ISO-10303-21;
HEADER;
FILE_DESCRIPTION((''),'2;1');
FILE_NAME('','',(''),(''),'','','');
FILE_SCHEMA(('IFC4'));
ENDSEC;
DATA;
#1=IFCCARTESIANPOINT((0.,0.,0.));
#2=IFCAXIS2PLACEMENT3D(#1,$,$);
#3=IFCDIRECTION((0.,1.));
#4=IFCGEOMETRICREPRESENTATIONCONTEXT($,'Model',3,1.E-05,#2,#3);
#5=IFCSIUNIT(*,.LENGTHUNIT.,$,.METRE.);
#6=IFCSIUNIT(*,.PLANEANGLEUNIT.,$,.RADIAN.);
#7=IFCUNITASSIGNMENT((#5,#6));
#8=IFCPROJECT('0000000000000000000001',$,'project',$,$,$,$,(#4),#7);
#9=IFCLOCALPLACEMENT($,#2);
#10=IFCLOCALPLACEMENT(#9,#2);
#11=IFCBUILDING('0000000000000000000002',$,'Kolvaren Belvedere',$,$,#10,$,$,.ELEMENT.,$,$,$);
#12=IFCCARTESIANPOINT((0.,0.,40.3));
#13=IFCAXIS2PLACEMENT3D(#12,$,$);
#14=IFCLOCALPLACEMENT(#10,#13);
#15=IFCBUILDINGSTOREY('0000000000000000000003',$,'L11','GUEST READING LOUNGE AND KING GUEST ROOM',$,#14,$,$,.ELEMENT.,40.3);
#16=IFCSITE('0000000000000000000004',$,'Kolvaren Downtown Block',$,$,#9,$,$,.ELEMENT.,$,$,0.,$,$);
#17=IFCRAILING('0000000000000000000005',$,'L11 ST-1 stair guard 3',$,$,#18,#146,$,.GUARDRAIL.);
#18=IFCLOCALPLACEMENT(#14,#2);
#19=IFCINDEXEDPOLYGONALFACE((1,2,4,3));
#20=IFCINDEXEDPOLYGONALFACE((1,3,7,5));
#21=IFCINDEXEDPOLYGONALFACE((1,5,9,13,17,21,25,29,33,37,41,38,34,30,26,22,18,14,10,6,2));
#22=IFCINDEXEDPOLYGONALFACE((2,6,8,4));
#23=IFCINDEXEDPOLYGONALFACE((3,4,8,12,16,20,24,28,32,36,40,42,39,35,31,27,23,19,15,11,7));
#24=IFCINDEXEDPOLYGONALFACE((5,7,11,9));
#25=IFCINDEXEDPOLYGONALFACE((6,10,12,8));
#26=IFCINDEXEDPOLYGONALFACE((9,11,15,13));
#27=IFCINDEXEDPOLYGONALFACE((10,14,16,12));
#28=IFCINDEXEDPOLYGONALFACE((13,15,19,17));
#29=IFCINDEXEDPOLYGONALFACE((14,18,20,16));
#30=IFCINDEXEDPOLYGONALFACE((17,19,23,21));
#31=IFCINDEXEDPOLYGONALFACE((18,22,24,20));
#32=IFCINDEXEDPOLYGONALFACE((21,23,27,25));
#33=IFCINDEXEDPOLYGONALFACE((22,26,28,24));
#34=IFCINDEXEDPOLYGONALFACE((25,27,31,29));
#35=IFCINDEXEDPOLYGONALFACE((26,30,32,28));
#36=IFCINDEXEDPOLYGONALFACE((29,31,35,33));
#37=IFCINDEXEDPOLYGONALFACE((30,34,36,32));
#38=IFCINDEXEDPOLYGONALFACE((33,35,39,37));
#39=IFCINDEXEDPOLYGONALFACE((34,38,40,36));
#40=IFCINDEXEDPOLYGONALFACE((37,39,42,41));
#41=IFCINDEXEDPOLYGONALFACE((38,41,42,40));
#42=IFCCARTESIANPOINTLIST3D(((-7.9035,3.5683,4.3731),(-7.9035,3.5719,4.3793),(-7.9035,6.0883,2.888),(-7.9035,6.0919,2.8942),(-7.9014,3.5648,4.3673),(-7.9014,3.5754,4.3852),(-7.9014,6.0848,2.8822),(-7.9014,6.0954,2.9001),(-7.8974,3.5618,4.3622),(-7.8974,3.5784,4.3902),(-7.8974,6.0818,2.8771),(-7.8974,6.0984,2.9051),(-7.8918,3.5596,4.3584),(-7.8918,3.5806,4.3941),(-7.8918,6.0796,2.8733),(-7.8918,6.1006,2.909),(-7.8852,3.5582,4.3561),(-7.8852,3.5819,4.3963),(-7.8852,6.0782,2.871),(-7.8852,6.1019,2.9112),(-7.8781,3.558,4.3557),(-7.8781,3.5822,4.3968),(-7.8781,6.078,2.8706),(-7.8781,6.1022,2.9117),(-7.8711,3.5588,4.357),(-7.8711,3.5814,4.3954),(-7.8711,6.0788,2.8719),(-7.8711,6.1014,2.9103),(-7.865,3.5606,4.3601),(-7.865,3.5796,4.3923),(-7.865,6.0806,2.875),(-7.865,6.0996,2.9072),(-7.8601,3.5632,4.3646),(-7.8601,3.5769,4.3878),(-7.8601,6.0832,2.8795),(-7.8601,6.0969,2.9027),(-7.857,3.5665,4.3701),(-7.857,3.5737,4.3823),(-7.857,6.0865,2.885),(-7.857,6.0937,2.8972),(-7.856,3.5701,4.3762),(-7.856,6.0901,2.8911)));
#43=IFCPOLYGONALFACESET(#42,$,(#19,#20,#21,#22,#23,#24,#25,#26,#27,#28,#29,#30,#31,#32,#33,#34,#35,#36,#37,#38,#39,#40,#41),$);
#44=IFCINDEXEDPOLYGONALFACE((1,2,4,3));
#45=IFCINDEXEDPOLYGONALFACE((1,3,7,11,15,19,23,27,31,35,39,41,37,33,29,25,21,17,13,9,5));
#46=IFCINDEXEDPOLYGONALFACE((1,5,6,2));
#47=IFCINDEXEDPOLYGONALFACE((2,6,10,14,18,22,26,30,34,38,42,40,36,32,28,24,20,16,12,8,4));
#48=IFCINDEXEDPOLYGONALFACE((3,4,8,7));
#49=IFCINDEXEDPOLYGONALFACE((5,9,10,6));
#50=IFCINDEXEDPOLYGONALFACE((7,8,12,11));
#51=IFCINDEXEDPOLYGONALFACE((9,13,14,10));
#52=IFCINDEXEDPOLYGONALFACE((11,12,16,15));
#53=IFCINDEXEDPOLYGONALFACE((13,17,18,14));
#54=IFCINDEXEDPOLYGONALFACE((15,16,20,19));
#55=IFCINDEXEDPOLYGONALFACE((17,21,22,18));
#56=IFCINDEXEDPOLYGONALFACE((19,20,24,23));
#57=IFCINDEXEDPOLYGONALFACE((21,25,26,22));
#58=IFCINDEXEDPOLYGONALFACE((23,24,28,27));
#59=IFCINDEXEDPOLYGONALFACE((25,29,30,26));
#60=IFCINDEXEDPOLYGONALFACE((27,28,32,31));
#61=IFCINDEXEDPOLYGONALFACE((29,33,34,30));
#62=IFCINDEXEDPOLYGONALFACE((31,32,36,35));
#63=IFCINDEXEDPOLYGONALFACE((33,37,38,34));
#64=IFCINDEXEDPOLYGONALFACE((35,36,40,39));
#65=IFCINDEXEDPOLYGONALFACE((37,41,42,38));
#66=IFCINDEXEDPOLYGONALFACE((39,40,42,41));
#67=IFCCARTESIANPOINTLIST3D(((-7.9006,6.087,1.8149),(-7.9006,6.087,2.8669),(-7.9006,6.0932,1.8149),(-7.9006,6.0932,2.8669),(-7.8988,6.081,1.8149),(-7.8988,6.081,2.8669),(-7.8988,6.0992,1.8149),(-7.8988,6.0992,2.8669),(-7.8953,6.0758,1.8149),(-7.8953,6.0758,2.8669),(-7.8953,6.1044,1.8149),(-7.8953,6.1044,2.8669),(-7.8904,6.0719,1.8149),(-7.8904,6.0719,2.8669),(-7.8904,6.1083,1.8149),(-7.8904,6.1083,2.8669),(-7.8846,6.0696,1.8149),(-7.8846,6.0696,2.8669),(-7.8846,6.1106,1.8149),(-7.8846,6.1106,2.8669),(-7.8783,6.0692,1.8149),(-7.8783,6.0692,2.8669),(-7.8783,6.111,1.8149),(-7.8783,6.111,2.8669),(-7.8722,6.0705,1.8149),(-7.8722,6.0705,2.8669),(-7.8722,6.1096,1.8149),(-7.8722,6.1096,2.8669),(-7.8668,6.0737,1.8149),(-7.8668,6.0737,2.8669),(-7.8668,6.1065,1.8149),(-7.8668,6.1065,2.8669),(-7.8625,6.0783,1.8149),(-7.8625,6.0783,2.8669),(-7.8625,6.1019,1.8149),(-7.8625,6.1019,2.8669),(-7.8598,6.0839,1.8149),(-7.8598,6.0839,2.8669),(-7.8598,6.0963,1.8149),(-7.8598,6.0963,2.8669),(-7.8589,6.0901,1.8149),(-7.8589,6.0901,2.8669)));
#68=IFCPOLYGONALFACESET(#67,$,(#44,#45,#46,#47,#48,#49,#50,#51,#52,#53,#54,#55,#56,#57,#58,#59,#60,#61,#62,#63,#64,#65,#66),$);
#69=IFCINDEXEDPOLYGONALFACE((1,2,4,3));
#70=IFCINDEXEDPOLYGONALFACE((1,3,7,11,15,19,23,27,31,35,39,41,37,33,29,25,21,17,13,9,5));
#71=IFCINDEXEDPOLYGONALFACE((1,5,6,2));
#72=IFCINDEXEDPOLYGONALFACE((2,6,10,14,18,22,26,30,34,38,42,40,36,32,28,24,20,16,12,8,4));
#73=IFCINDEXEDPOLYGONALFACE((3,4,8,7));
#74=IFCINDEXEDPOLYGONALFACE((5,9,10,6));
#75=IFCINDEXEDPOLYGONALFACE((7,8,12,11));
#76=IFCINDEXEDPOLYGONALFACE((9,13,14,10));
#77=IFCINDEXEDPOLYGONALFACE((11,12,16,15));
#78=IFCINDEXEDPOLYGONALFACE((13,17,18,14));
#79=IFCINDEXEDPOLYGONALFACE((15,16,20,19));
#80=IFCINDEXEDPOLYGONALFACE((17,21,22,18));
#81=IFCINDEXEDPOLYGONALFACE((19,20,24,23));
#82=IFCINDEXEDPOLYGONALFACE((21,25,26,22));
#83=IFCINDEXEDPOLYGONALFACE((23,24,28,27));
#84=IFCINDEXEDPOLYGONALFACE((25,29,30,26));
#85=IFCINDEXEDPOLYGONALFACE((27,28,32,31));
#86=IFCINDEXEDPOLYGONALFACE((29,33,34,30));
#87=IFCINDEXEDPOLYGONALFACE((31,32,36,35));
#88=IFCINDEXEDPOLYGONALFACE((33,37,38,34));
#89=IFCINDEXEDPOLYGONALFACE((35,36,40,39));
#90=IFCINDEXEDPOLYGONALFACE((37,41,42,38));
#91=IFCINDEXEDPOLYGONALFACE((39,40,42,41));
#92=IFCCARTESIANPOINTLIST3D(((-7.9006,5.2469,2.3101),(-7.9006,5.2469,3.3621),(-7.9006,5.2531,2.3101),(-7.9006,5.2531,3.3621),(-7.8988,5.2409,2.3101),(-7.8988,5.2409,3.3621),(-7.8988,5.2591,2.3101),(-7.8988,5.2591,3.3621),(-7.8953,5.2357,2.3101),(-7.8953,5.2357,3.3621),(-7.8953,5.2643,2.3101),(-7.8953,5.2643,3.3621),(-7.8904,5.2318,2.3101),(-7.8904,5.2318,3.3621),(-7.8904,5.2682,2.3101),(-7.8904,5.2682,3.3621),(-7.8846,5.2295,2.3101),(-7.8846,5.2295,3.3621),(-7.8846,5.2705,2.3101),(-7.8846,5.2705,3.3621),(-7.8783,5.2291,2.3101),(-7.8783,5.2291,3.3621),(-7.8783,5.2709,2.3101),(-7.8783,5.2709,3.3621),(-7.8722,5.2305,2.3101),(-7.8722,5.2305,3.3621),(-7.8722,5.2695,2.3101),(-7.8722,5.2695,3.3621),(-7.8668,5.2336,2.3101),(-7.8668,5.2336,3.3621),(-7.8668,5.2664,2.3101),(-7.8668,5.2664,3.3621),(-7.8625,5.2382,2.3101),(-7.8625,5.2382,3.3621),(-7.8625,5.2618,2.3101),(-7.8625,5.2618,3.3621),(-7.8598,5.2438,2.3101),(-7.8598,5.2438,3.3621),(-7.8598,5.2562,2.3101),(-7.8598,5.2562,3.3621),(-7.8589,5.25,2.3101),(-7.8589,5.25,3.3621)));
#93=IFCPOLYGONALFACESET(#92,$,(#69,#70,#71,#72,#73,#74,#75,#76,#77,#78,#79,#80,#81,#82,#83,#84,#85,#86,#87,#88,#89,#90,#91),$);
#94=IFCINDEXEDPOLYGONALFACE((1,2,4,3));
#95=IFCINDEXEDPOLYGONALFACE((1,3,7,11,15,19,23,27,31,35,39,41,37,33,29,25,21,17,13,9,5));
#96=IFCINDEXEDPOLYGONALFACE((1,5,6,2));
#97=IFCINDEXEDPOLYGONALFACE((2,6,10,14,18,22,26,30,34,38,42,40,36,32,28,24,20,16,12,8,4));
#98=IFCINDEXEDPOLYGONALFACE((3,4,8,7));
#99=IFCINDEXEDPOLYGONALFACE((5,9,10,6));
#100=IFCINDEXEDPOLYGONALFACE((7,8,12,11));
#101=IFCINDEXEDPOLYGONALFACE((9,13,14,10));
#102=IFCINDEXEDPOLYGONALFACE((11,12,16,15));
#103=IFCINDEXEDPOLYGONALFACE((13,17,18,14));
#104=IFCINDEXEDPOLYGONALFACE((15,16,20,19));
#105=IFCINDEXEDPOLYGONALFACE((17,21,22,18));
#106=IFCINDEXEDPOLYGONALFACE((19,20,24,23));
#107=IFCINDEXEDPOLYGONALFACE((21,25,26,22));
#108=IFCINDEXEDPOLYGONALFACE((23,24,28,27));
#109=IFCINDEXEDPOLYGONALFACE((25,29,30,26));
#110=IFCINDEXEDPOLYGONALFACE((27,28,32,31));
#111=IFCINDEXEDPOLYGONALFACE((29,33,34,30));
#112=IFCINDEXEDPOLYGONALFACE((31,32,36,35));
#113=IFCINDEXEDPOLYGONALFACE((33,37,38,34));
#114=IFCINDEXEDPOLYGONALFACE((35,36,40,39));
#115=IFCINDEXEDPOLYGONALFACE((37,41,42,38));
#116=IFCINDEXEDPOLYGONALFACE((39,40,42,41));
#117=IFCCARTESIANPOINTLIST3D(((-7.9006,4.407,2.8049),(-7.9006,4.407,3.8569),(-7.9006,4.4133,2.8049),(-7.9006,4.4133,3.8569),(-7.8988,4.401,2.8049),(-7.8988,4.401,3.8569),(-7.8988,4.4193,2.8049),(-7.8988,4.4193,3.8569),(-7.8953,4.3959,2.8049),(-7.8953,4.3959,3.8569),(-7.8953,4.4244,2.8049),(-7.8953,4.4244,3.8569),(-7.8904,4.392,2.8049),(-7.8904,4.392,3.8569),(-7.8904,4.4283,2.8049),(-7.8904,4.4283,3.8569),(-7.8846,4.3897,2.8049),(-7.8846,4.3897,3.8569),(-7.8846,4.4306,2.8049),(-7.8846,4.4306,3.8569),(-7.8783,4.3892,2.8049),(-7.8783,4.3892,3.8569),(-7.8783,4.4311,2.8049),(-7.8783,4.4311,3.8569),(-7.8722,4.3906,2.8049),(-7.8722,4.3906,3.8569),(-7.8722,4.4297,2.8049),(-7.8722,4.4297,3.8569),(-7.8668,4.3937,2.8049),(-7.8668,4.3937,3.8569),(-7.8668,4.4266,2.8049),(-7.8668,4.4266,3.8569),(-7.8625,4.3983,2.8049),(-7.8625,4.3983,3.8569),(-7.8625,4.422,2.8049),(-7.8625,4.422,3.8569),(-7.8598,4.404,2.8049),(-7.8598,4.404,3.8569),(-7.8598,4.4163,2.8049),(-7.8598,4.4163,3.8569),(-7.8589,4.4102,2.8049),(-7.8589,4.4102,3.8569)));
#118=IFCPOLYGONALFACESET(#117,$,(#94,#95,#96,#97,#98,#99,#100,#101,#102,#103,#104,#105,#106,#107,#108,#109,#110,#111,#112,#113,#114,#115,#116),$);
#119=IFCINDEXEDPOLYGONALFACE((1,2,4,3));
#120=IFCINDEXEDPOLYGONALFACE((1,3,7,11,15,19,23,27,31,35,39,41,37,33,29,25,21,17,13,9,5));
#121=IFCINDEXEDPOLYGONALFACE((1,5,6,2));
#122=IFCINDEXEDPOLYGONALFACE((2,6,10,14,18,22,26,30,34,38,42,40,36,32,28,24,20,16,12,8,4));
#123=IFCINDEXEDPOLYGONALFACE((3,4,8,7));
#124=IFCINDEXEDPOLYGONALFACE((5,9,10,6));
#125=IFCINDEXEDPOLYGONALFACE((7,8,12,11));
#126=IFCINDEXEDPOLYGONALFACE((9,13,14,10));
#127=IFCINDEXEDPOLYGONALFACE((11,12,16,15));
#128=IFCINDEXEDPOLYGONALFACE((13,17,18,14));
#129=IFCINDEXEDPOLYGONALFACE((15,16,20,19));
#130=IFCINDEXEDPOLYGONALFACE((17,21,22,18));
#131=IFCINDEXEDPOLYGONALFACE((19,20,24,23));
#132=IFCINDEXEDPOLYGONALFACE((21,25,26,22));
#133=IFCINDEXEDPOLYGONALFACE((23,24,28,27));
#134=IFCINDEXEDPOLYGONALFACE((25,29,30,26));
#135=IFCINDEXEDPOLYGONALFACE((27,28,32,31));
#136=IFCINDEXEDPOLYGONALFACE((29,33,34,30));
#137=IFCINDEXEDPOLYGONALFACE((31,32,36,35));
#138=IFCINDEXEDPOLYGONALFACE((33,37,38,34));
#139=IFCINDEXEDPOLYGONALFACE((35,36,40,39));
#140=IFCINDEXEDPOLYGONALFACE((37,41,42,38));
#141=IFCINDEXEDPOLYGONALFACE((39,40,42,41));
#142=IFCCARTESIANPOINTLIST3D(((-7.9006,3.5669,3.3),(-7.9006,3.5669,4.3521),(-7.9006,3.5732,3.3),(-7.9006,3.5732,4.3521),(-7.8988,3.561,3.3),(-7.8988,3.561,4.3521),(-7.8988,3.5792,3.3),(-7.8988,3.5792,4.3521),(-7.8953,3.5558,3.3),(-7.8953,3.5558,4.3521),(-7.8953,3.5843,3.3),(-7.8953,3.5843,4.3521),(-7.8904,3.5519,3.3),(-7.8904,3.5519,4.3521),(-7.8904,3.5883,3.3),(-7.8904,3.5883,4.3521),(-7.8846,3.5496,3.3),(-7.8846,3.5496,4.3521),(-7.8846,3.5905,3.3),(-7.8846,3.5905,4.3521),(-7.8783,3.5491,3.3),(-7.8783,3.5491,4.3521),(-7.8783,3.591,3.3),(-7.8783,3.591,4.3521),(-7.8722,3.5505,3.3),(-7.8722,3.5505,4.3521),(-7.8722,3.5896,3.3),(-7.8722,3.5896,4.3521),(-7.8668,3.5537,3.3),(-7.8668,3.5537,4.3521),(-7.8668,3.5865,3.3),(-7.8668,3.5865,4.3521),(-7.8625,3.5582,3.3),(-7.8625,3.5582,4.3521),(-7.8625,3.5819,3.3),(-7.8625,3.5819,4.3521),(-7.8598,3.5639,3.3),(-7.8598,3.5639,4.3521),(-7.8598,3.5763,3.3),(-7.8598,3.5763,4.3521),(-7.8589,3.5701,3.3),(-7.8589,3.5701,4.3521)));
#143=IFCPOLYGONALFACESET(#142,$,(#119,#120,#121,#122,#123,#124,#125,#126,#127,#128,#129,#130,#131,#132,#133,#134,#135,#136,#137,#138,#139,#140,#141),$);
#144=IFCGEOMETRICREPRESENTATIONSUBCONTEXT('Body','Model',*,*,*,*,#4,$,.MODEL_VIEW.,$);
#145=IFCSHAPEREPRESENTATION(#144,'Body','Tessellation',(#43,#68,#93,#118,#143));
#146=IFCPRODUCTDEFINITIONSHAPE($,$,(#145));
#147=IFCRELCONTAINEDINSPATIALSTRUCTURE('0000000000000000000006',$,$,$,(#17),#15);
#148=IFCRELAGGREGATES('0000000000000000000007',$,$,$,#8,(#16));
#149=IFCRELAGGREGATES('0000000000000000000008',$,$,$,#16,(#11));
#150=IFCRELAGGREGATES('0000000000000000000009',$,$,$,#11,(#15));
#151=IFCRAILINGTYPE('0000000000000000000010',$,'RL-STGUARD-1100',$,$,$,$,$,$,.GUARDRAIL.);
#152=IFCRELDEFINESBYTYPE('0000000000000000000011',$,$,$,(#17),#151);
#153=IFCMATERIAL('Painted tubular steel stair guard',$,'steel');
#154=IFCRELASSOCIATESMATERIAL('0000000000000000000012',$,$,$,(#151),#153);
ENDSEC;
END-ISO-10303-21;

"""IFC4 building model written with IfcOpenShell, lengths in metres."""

from ifc_helpers import new_model, si_unit, direction, frame, origin, origin_2d, place, context, subcontext, project, spatial, circle, extrude, material, type_object, element, save


model = new_model("IFC4")

# Units and contexts
model_context = context("Model", 3, precision=1e-05, world=origin(), true_north=direction((0.0, 1.0)))
body_context = subcontext(model_context, "Body", "Model", "MODEL_VIEW")
ifc_project = project(units=[si_unit("LENGTHUNIT", "METRE"), si_unit("PLANEANGLEUNIT", "RADIAN")], contexts=[model_context])

# Site, building, storey
site_placement = place(None, origin())
site = spatial("IfcSite", under=ifc_project, at=site_placement, Name="Kolvaren Downtown Block", CompositionType="ELEMENT", RefElevation=0.0)
building_placement = place(site_placement, origin())
building = spatial("IfcBuilding", under=site, at=building_placement, Name="Kolvaren Belvedere", CompositionType="ELEMENT")
storey_placement = place(building_placement, frame((0.0, 0.0, 40.3)))
storey = spatial("IfcBuildingStorey", under=building, at=storey_placement, Name="L11", Description="GUEST READING LOUNGE AND KING GUEST ROOM", CompositionType="ELEMENT", Elevation=40.3)

# Railing
ifc_material_1 = material(Name="Painted tubular steel stair guard", Category="steel")
railing_type_1 = type_object("IfcRailingType", Name="RL-STGUARD-1100", PredefinedType="GUARDRAIL", material=ifc_material_1)
railing_1_placement = place(storey_placement, frame((-7.8799, 6.0901, 1.8149)))
element("IfcRailing", 1, at=railing_1_placement, inside=storey, type_object=railing_type_1, Name="L11 ST-1 stair guard 3", PredefinedType="GUARDRAIL", context=body_context, shape_type="SweptSolid", body=[
    extrude(circle(Radius=0.0239, at=origin_2d()), frame((0.0, 0.0, 1.0762), z_axis=(0.0, -0.861524, 0.507717), x_axis=(1.0, 0.0, 0.0)), (0.0, 0.0, 1.0), 2.925),
    extrude(circle(Radius=0.021, at=origin_2d()), origin(), (0.0, 0.0, 1.0), 1.052),
    extrude(circle(Radius=0.021, at=origin_2d()), frame((0.0, -0.8401, 0.4951)), (0.0, 0.0, 1.0), 1.052),
    extrude(circle(Radius=0.021, at=origin_2d()), frame((0.0, -1.6799, 0.99)), (0.0, 0.0, 1.0), 1.052),
    extrude(circle(Radius=0.021, at=origin_2d()), frame((0.0, -2.52, 1.4851)), (0.0, 0.0, 1.0), 1.052),
])

save(model, "model.ifc")
